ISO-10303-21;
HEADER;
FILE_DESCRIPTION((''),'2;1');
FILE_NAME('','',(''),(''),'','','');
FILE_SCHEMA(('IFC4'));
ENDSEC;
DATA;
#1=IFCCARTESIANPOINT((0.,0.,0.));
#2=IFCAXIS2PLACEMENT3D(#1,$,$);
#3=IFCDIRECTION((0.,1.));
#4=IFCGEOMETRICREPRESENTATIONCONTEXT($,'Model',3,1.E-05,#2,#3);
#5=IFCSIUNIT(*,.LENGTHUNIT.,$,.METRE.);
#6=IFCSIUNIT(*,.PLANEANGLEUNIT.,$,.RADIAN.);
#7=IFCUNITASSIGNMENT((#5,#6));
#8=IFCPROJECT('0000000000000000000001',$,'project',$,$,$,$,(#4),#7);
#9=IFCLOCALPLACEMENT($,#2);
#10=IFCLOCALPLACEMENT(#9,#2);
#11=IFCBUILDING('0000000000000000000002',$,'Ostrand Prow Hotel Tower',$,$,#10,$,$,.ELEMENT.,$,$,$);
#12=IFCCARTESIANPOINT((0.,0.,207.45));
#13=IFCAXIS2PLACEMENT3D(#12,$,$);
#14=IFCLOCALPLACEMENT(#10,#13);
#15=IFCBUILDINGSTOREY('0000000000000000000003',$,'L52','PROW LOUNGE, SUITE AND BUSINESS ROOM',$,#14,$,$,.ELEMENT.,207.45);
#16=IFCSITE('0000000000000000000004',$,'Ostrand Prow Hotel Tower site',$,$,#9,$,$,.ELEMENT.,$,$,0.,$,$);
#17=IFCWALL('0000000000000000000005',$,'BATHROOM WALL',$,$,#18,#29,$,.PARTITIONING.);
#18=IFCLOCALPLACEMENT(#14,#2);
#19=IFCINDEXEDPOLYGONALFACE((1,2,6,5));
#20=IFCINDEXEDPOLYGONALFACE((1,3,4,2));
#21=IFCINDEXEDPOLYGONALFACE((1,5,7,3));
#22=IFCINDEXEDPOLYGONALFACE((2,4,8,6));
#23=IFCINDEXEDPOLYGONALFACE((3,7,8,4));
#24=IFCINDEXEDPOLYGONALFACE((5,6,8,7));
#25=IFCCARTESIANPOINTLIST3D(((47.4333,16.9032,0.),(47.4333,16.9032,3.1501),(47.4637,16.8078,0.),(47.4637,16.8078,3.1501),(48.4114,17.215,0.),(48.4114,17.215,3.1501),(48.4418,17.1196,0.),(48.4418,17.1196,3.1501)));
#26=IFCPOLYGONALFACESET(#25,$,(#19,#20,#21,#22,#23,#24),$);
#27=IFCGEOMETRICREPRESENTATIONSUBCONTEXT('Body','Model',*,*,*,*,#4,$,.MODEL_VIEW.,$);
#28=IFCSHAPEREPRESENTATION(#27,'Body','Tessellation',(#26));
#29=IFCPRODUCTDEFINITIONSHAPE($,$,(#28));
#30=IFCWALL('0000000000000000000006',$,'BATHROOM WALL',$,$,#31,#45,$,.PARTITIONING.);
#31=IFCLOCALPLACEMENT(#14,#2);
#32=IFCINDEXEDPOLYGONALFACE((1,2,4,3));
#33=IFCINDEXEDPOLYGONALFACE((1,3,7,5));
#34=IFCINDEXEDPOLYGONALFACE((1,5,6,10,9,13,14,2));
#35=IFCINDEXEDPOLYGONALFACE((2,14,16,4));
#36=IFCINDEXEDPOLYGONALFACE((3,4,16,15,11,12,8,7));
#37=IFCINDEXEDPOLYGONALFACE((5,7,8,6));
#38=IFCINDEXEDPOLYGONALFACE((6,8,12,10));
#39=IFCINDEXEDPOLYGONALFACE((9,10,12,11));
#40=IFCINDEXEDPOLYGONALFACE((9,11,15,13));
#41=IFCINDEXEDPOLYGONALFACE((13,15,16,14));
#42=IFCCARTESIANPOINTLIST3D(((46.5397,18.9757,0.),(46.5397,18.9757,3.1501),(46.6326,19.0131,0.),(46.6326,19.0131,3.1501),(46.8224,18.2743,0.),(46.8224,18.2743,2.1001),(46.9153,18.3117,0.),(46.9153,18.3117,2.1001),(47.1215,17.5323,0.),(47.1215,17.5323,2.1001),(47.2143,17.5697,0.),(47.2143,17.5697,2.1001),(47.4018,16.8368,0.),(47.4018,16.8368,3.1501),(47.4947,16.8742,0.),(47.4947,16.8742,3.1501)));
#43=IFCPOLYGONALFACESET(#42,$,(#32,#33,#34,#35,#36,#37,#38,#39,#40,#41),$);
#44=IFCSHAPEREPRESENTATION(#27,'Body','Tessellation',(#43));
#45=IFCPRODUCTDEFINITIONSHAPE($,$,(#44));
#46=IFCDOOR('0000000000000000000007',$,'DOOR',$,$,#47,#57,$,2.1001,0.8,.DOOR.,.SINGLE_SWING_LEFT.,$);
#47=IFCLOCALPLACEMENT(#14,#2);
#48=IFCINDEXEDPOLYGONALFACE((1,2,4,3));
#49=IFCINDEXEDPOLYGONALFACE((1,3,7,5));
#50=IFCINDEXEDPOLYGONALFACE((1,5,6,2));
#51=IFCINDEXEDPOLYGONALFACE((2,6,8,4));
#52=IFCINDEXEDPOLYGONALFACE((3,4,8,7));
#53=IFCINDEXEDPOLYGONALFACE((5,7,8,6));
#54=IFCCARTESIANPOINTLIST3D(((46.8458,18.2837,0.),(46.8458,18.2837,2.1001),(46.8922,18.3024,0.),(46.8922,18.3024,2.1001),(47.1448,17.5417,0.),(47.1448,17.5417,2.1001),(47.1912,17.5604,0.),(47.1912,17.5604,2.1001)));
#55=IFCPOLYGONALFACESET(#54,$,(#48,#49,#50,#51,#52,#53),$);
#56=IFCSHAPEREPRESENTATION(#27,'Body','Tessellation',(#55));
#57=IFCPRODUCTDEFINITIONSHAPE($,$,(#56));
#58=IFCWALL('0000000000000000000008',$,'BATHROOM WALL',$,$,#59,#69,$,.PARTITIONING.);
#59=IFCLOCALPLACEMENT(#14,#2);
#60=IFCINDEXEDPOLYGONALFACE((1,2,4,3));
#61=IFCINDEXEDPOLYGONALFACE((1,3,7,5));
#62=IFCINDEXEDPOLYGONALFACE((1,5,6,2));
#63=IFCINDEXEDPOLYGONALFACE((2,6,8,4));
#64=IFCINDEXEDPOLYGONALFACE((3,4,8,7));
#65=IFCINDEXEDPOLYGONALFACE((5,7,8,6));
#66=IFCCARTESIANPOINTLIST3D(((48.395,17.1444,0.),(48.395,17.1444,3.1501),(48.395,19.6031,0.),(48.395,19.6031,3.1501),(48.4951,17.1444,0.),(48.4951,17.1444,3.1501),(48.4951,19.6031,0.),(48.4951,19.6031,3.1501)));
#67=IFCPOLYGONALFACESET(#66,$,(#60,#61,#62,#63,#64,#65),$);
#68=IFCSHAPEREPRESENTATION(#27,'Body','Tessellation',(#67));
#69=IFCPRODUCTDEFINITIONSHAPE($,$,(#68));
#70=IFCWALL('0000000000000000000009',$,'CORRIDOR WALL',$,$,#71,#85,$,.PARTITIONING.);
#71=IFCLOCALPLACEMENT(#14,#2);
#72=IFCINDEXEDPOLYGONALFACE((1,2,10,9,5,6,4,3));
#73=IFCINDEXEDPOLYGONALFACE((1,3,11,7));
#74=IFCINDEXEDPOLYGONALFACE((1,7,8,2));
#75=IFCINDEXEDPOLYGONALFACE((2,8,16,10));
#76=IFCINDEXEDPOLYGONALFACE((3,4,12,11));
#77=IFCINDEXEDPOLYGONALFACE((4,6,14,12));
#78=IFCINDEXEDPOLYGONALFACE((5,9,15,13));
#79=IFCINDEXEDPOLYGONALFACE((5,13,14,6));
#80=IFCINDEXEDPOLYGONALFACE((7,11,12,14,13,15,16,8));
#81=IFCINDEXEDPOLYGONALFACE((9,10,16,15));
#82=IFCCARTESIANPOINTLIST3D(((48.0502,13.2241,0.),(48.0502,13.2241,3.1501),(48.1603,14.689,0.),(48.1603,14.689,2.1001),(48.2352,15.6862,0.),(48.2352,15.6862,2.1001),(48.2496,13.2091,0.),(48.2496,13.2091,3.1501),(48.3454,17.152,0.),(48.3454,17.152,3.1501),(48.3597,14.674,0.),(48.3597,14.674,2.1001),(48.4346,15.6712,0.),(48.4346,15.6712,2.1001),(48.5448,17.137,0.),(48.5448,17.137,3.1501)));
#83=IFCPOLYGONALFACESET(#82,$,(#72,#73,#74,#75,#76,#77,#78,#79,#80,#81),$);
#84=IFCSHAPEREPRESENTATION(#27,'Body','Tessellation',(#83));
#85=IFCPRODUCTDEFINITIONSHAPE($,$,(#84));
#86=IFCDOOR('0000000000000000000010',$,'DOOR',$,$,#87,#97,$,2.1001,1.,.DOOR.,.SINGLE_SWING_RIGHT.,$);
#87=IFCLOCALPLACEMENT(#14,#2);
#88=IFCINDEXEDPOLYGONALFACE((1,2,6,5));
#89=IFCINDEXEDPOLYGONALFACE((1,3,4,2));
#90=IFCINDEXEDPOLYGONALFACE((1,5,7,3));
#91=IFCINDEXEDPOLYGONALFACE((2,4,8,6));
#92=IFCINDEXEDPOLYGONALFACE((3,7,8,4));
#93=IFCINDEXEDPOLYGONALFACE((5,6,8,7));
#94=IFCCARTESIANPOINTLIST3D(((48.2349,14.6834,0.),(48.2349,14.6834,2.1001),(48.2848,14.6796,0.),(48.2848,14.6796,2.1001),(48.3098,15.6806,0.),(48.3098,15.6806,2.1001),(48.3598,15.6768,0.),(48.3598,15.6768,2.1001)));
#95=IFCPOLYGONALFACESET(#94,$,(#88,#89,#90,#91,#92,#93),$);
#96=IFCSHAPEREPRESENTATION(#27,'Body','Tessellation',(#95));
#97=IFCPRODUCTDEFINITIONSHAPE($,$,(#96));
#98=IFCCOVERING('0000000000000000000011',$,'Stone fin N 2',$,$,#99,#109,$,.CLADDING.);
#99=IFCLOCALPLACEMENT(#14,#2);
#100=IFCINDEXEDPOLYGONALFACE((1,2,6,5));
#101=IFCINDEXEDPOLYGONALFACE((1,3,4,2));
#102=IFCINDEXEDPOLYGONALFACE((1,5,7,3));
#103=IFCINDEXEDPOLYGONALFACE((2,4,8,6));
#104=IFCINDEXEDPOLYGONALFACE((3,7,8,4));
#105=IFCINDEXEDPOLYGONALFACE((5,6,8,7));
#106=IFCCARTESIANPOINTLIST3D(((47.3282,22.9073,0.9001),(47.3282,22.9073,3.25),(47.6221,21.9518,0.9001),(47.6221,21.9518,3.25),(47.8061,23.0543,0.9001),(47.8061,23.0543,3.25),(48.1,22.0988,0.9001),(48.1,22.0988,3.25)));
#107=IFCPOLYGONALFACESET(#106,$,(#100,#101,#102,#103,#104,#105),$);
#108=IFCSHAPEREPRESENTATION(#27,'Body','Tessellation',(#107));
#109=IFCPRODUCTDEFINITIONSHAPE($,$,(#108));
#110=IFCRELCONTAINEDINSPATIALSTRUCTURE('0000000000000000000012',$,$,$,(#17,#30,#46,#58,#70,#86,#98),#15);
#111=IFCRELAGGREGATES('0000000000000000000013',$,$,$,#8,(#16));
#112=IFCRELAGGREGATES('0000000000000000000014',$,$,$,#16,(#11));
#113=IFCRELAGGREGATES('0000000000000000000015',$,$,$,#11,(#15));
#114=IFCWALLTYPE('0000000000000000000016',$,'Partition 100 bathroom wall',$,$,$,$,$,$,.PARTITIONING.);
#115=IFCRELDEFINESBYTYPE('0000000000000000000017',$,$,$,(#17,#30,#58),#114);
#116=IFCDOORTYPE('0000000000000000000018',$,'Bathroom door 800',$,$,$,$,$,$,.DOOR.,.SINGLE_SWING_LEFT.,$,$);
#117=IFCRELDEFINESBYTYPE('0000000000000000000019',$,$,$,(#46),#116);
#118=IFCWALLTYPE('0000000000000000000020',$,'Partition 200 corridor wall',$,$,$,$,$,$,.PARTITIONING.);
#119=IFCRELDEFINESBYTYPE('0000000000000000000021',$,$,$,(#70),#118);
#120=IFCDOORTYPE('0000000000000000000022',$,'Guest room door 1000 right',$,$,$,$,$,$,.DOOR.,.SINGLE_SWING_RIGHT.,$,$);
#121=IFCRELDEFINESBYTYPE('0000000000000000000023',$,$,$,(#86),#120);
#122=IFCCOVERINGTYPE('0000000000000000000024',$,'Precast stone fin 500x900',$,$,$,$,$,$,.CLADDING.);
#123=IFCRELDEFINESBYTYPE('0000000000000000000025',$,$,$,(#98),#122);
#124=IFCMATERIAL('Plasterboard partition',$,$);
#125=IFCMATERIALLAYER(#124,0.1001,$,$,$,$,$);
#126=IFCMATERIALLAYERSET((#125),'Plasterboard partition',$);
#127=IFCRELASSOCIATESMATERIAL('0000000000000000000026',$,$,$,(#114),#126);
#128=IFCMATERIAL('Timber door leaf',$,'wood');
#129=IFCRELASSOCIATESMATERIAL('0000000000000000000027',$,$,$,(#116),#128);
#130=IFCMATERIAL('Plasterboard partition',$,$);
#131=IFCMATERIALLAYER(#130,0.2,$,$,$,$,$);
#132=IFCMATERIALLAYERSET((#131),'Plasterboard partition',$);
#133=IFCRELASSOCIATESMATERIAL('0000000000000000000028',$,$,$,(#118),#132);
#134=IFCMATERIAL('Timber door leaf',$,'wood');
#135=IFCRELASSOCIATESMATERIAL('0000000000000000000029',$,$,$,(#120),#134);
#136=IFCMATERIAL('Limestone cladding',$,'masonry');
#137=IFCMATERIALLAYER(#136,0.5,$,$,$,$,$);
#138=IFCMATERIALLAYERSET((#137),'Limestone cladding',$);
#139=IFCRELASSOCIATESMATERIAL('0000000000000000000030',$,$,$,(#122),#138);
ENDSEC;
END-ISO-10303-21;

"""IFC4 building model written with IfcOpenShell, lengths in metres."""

from ifc_helpers import new_model, si_unit, direction, frame, frame_2d, origin, place, context, subcontext, project, spatial, rectangle, extrude, material, layer, layer_set, type_object, element, fill, save


model = new_model("IFC4")

# Units and contexts
model_context = context("Model", 3, precision=1e-05, world=origin(), true_north=direction((0.0, 1.0)))
body_context = subcontext(model_context, "Body", "Model", "MODEL_VIEW")
ifc_project = project(units=[si_unit("LENGTHUNIT", "METRE"), si_unit("PLANEANGLEUNIT", "RADIAN")], contexts=[model_context])

# Site, building, storey
site_placement = place(None, origin())
site = spatial("IfcSite", under=ifc_project, at=site_placement, Name="Ostrand Prow Hotel Tower site", CompositionType="ELEMENT", RefElevation=0.0)
building_placement = place(site_placement, origin())
building = spatial("IfcBuilding", under=site, at=building_placement, Name="Ostrand Prow Hotel Tower", CompositionType="ELEMENT")
storey_placement = place(building_placement, frame((0.0, 0.0, 207.45)))
storey = spatial("IfcBuildingStorey", under=building, at=storey_placement, Name="L52", Description="PROW LOUNGE, SUITE AND BUSINESS ROOM", CompositionType="ELEMENT", Elevation=207.45)

# Wall
ifc_material_1 = material(Name="Plasterboard partition")
ifc_layer_1 = layer(ifc_material_1, 0.1001)
ifc_layer_set_1 = layer_set([ifc_layer_1], Name="Plasterboard partition")
wall_type_1 = type_object("IfcWallType", Name="Partition 100 bathroom wall", PredefinedType="PARTITIONING", material=ifc_layer_set_1)
wall_1_placement = place(storey_placement, frame((48.4265, 17.1672, 0.0), z_axis=(0.0, 0.0, 1.0), x_axis=(-0.952763, -0.303714, 0.0)))
element("IfcWall", 1, at=wall_1_placement, inside=storey, type_object=wall_type_1, Name="BATHROOM WALL", PredefinedType="PARTITIONING", context=body_context, shape_type="SweptSolid", body=[
    extrude(rectangle(XDim=1.0266, YDim=0.1001, at=frame_2d((0.5132, 0.0))), origin(), (0.0, 0.0, 1.0), 3.1501),
])

# Wall, opening, door
wall_2_placement = place(storey_placement, frame((47.4482, 16.8555, 0.0), z_axis=(0.0, 0.0, 1.0), x_axis=(-0.373817, 0.927502, 0.0)))
wall_2 = element("IfcWall", 2, at=wall_2_placement, inside=storey, type_object=wall_type_1, Name="BATHROOM WALL", PredefinedType="PARTITIONING", context=body_context, shape_type="SweptSolid", body=[
    extrude(rectangle(XDim=2.3062, YDim=0.1001, at=frame_2d((1.1531, 0.0))), origin(), (0.0, 0.0, 1.0), 3.1501),
])
opening_1_placement = place(wall_2_placement, frame((0.75, 0.0, 0.0)))
opening_1 = element("IfcOpeningElement", 3, at=opening_1_placement, cuts=wall_2, PredefinedType="OPENING", context=body_context, shape_type="SweptSolid", body=[
    extrude(rectangle(XDim=0.8, YDim=2.1001, at=frame_2d((0.3999, 1.05))), frame((0.0, 0.0601, 0.0), z_axis=(0.0, -1.0, 0.0), x_axis=(1.0, 0.0, 0.0)), (0.0, 0.0, 1.0), 0.1201),
])
ifc_material_2 = material(Name="Timber door leaf", Category="wood")
door_type_1 = type_object("IfcDoorType", Name="Bathroom door 800", OperationType="SINGLE_SWING_LEFT", PredefinedType="DOOR", material=ifc_material_2)
door_1_placement = place(opening_1_placement, origin())
door_1 = element("IfcDoor", 4, at=door_1_placement, inside=storey, type_object=door_type_1, Name="DOOR", OperationType="SINGLE_SWING_LEFT", OverallHeight=2.1001, OverallWidth=0.8, PredefinedType="DOOR", context=body_context, shape_type="SweptSolid", body=[
    extrude(rectangle(XDim=0.8, YDim=2.1001, at=frame_2d((0.3999, 1.05))), frame((0.0, 0.0249, 0.0), z_axis=(0.0, -1.0, 0.0), x_axis=(1.0, 0.0, 0.0)), (0.0, 0.0, 1.0), 0.05),
])
fill(opening_1, door_1)

# Wall
wall_3_placement = place(storey_placement, frame((48.4451, 19.6033, 0.0), z_axis=(0.0, 0.0, 1.0), x_axis=(0.0, -1.0, 0.0)))
element("IfcWall", 5, at=wall_3_placement, inside=storey, type_object=wall_type_1, Name="BATHROOM WALL", PredefinedType="PARTITIONING", context=body_context, shape_type="SweptSolid", body=[
    extrude(rectangle(XDim=2.4587, YDim=0.1001, at=frame_2d((1.2295, 0.0))), origin(), (0.0, 0.0, 1.0), 3.1501),
])

# Wall, opening, door
ifc_material_3 = material(Name="Plasterboard partition")
ifc_layer_2 = layer(ifc_material_3, 0.2)
ifc_layer_set_2 = layer_set([ifc_layer_2], Name="Plasterboard partition")
wall_type_2 = type_object("IfcWallType", Name="Partition 200 corridor wall", PredefinedType="PARTITIONING", material=ifc_layer_set_2)
wall_4_placement = place(storey_placement, frame((48.4451, 17.1445, 0.0), z_axis=(0.0, 0.0, 1.0), x_axis=(-0.074933, -0.997189, 0.0)))
wall_4 = element("IfcWall", 6, at=wall_4_placement, inside=storey, type_object=wall_type_2, Name="CORRIDOR WALL", PredefinedType="PARTITIONING", context=body_context, shape_type="SweptSolid", body=[
    extrude(rectangle(XDim=3.939, YDim=0.2, at=frame_2d((1.9695, 0.0))), origin(), (0.0, 0.0, 1.0), 3.1501),
])
opening_2_placement = place(wall_4_placement, frame((1.47, 0.0, 0.0)))
opening_2 = element("IfcOpeningElement", 7, at=opening_2_placement, cuts=wall_4, PredefinedType="OPENING", context=body_context, shape_type="SweptSolid", body=[
    extrude(rectangle(XDim=1.0, YDim=2.1001, at=frame_2d((0.5, 1.05))), frame((0.0, 0.1099, 0.0), z_axis=(0.0, -1.0, 0.0), x_axis=(1.0, 0.0, 0.0)), (0.0, 0.0, 1.0), 0.22),
])
ifc_material_4 = material(Name="Timber door leaf", Category="wood")
door_type_2 = type_object("IfcDoorType", Name="Guest room door 1000 right", OperationType="SINGLE_SWING_RIGHT", PredefinedType="DOOR", material=ifc_material_4)
door_2_placement = place(opening_2_placement, origin())
door_2 = element("IfcDoor", 8, at=door_2_placement, inside=storey, type_object=door_type_2, Name="DOOR", OperationType="SINGLE_SWING_RIGHT", OverallHeight=2.1001, OverallWidth=1.0, PredefinedType="DOOR", context=body_context, shape_type="SweptSolid", body=[
    extrude(rectangle(XDim=1.0, YDim=2.1001, at=frame_2d((0.5, 1.05))), frame((0.0, 0.0249, 0.0), z_axis=(0.0, -1.0, 0.0), x_axis=(1.0, 0.0, 0.0)), (0.0, 0.0, 1.0), 0.05),
])
fill(opening_2, door_2)

# Covering
ifc_material_5 = material(Name="Limestone cladding", Category="masonry")
ifc_layer_3 = layer(ifc_material_5, 0.5)
ifc_layer_set_3 = layer_set([ifc_layer_3], Name="Limestone cladding")
covering_type = type_object("IfcCoveringType", Name="Precast stone fin 500x900", PredefinedType="CLADDING", material=ifc_layer_set_3)
covering_placement = place(storey_placement, frame((47.8611, 22.0251, 0.9001), z_axis=(0.0, 0.0, 1.0), x_axis=(-0.294017, 0.9558, 0.0)))
element("IfcCovering", 9, at=covering_placement, inside=storey, type_object=covering_type, Name="Stone fin N 2", PredefinedType="CLADDING", context=body_context, shape_type="SweptSolid", body=[
    extrude(rectangle(XDim=0.9998, YDim=0.5, at=frame_2d((0.5, 0.0))), origin(), (0.0, 0.0, 1.0), 2.3499),
])

save(model, "model.ifc")
